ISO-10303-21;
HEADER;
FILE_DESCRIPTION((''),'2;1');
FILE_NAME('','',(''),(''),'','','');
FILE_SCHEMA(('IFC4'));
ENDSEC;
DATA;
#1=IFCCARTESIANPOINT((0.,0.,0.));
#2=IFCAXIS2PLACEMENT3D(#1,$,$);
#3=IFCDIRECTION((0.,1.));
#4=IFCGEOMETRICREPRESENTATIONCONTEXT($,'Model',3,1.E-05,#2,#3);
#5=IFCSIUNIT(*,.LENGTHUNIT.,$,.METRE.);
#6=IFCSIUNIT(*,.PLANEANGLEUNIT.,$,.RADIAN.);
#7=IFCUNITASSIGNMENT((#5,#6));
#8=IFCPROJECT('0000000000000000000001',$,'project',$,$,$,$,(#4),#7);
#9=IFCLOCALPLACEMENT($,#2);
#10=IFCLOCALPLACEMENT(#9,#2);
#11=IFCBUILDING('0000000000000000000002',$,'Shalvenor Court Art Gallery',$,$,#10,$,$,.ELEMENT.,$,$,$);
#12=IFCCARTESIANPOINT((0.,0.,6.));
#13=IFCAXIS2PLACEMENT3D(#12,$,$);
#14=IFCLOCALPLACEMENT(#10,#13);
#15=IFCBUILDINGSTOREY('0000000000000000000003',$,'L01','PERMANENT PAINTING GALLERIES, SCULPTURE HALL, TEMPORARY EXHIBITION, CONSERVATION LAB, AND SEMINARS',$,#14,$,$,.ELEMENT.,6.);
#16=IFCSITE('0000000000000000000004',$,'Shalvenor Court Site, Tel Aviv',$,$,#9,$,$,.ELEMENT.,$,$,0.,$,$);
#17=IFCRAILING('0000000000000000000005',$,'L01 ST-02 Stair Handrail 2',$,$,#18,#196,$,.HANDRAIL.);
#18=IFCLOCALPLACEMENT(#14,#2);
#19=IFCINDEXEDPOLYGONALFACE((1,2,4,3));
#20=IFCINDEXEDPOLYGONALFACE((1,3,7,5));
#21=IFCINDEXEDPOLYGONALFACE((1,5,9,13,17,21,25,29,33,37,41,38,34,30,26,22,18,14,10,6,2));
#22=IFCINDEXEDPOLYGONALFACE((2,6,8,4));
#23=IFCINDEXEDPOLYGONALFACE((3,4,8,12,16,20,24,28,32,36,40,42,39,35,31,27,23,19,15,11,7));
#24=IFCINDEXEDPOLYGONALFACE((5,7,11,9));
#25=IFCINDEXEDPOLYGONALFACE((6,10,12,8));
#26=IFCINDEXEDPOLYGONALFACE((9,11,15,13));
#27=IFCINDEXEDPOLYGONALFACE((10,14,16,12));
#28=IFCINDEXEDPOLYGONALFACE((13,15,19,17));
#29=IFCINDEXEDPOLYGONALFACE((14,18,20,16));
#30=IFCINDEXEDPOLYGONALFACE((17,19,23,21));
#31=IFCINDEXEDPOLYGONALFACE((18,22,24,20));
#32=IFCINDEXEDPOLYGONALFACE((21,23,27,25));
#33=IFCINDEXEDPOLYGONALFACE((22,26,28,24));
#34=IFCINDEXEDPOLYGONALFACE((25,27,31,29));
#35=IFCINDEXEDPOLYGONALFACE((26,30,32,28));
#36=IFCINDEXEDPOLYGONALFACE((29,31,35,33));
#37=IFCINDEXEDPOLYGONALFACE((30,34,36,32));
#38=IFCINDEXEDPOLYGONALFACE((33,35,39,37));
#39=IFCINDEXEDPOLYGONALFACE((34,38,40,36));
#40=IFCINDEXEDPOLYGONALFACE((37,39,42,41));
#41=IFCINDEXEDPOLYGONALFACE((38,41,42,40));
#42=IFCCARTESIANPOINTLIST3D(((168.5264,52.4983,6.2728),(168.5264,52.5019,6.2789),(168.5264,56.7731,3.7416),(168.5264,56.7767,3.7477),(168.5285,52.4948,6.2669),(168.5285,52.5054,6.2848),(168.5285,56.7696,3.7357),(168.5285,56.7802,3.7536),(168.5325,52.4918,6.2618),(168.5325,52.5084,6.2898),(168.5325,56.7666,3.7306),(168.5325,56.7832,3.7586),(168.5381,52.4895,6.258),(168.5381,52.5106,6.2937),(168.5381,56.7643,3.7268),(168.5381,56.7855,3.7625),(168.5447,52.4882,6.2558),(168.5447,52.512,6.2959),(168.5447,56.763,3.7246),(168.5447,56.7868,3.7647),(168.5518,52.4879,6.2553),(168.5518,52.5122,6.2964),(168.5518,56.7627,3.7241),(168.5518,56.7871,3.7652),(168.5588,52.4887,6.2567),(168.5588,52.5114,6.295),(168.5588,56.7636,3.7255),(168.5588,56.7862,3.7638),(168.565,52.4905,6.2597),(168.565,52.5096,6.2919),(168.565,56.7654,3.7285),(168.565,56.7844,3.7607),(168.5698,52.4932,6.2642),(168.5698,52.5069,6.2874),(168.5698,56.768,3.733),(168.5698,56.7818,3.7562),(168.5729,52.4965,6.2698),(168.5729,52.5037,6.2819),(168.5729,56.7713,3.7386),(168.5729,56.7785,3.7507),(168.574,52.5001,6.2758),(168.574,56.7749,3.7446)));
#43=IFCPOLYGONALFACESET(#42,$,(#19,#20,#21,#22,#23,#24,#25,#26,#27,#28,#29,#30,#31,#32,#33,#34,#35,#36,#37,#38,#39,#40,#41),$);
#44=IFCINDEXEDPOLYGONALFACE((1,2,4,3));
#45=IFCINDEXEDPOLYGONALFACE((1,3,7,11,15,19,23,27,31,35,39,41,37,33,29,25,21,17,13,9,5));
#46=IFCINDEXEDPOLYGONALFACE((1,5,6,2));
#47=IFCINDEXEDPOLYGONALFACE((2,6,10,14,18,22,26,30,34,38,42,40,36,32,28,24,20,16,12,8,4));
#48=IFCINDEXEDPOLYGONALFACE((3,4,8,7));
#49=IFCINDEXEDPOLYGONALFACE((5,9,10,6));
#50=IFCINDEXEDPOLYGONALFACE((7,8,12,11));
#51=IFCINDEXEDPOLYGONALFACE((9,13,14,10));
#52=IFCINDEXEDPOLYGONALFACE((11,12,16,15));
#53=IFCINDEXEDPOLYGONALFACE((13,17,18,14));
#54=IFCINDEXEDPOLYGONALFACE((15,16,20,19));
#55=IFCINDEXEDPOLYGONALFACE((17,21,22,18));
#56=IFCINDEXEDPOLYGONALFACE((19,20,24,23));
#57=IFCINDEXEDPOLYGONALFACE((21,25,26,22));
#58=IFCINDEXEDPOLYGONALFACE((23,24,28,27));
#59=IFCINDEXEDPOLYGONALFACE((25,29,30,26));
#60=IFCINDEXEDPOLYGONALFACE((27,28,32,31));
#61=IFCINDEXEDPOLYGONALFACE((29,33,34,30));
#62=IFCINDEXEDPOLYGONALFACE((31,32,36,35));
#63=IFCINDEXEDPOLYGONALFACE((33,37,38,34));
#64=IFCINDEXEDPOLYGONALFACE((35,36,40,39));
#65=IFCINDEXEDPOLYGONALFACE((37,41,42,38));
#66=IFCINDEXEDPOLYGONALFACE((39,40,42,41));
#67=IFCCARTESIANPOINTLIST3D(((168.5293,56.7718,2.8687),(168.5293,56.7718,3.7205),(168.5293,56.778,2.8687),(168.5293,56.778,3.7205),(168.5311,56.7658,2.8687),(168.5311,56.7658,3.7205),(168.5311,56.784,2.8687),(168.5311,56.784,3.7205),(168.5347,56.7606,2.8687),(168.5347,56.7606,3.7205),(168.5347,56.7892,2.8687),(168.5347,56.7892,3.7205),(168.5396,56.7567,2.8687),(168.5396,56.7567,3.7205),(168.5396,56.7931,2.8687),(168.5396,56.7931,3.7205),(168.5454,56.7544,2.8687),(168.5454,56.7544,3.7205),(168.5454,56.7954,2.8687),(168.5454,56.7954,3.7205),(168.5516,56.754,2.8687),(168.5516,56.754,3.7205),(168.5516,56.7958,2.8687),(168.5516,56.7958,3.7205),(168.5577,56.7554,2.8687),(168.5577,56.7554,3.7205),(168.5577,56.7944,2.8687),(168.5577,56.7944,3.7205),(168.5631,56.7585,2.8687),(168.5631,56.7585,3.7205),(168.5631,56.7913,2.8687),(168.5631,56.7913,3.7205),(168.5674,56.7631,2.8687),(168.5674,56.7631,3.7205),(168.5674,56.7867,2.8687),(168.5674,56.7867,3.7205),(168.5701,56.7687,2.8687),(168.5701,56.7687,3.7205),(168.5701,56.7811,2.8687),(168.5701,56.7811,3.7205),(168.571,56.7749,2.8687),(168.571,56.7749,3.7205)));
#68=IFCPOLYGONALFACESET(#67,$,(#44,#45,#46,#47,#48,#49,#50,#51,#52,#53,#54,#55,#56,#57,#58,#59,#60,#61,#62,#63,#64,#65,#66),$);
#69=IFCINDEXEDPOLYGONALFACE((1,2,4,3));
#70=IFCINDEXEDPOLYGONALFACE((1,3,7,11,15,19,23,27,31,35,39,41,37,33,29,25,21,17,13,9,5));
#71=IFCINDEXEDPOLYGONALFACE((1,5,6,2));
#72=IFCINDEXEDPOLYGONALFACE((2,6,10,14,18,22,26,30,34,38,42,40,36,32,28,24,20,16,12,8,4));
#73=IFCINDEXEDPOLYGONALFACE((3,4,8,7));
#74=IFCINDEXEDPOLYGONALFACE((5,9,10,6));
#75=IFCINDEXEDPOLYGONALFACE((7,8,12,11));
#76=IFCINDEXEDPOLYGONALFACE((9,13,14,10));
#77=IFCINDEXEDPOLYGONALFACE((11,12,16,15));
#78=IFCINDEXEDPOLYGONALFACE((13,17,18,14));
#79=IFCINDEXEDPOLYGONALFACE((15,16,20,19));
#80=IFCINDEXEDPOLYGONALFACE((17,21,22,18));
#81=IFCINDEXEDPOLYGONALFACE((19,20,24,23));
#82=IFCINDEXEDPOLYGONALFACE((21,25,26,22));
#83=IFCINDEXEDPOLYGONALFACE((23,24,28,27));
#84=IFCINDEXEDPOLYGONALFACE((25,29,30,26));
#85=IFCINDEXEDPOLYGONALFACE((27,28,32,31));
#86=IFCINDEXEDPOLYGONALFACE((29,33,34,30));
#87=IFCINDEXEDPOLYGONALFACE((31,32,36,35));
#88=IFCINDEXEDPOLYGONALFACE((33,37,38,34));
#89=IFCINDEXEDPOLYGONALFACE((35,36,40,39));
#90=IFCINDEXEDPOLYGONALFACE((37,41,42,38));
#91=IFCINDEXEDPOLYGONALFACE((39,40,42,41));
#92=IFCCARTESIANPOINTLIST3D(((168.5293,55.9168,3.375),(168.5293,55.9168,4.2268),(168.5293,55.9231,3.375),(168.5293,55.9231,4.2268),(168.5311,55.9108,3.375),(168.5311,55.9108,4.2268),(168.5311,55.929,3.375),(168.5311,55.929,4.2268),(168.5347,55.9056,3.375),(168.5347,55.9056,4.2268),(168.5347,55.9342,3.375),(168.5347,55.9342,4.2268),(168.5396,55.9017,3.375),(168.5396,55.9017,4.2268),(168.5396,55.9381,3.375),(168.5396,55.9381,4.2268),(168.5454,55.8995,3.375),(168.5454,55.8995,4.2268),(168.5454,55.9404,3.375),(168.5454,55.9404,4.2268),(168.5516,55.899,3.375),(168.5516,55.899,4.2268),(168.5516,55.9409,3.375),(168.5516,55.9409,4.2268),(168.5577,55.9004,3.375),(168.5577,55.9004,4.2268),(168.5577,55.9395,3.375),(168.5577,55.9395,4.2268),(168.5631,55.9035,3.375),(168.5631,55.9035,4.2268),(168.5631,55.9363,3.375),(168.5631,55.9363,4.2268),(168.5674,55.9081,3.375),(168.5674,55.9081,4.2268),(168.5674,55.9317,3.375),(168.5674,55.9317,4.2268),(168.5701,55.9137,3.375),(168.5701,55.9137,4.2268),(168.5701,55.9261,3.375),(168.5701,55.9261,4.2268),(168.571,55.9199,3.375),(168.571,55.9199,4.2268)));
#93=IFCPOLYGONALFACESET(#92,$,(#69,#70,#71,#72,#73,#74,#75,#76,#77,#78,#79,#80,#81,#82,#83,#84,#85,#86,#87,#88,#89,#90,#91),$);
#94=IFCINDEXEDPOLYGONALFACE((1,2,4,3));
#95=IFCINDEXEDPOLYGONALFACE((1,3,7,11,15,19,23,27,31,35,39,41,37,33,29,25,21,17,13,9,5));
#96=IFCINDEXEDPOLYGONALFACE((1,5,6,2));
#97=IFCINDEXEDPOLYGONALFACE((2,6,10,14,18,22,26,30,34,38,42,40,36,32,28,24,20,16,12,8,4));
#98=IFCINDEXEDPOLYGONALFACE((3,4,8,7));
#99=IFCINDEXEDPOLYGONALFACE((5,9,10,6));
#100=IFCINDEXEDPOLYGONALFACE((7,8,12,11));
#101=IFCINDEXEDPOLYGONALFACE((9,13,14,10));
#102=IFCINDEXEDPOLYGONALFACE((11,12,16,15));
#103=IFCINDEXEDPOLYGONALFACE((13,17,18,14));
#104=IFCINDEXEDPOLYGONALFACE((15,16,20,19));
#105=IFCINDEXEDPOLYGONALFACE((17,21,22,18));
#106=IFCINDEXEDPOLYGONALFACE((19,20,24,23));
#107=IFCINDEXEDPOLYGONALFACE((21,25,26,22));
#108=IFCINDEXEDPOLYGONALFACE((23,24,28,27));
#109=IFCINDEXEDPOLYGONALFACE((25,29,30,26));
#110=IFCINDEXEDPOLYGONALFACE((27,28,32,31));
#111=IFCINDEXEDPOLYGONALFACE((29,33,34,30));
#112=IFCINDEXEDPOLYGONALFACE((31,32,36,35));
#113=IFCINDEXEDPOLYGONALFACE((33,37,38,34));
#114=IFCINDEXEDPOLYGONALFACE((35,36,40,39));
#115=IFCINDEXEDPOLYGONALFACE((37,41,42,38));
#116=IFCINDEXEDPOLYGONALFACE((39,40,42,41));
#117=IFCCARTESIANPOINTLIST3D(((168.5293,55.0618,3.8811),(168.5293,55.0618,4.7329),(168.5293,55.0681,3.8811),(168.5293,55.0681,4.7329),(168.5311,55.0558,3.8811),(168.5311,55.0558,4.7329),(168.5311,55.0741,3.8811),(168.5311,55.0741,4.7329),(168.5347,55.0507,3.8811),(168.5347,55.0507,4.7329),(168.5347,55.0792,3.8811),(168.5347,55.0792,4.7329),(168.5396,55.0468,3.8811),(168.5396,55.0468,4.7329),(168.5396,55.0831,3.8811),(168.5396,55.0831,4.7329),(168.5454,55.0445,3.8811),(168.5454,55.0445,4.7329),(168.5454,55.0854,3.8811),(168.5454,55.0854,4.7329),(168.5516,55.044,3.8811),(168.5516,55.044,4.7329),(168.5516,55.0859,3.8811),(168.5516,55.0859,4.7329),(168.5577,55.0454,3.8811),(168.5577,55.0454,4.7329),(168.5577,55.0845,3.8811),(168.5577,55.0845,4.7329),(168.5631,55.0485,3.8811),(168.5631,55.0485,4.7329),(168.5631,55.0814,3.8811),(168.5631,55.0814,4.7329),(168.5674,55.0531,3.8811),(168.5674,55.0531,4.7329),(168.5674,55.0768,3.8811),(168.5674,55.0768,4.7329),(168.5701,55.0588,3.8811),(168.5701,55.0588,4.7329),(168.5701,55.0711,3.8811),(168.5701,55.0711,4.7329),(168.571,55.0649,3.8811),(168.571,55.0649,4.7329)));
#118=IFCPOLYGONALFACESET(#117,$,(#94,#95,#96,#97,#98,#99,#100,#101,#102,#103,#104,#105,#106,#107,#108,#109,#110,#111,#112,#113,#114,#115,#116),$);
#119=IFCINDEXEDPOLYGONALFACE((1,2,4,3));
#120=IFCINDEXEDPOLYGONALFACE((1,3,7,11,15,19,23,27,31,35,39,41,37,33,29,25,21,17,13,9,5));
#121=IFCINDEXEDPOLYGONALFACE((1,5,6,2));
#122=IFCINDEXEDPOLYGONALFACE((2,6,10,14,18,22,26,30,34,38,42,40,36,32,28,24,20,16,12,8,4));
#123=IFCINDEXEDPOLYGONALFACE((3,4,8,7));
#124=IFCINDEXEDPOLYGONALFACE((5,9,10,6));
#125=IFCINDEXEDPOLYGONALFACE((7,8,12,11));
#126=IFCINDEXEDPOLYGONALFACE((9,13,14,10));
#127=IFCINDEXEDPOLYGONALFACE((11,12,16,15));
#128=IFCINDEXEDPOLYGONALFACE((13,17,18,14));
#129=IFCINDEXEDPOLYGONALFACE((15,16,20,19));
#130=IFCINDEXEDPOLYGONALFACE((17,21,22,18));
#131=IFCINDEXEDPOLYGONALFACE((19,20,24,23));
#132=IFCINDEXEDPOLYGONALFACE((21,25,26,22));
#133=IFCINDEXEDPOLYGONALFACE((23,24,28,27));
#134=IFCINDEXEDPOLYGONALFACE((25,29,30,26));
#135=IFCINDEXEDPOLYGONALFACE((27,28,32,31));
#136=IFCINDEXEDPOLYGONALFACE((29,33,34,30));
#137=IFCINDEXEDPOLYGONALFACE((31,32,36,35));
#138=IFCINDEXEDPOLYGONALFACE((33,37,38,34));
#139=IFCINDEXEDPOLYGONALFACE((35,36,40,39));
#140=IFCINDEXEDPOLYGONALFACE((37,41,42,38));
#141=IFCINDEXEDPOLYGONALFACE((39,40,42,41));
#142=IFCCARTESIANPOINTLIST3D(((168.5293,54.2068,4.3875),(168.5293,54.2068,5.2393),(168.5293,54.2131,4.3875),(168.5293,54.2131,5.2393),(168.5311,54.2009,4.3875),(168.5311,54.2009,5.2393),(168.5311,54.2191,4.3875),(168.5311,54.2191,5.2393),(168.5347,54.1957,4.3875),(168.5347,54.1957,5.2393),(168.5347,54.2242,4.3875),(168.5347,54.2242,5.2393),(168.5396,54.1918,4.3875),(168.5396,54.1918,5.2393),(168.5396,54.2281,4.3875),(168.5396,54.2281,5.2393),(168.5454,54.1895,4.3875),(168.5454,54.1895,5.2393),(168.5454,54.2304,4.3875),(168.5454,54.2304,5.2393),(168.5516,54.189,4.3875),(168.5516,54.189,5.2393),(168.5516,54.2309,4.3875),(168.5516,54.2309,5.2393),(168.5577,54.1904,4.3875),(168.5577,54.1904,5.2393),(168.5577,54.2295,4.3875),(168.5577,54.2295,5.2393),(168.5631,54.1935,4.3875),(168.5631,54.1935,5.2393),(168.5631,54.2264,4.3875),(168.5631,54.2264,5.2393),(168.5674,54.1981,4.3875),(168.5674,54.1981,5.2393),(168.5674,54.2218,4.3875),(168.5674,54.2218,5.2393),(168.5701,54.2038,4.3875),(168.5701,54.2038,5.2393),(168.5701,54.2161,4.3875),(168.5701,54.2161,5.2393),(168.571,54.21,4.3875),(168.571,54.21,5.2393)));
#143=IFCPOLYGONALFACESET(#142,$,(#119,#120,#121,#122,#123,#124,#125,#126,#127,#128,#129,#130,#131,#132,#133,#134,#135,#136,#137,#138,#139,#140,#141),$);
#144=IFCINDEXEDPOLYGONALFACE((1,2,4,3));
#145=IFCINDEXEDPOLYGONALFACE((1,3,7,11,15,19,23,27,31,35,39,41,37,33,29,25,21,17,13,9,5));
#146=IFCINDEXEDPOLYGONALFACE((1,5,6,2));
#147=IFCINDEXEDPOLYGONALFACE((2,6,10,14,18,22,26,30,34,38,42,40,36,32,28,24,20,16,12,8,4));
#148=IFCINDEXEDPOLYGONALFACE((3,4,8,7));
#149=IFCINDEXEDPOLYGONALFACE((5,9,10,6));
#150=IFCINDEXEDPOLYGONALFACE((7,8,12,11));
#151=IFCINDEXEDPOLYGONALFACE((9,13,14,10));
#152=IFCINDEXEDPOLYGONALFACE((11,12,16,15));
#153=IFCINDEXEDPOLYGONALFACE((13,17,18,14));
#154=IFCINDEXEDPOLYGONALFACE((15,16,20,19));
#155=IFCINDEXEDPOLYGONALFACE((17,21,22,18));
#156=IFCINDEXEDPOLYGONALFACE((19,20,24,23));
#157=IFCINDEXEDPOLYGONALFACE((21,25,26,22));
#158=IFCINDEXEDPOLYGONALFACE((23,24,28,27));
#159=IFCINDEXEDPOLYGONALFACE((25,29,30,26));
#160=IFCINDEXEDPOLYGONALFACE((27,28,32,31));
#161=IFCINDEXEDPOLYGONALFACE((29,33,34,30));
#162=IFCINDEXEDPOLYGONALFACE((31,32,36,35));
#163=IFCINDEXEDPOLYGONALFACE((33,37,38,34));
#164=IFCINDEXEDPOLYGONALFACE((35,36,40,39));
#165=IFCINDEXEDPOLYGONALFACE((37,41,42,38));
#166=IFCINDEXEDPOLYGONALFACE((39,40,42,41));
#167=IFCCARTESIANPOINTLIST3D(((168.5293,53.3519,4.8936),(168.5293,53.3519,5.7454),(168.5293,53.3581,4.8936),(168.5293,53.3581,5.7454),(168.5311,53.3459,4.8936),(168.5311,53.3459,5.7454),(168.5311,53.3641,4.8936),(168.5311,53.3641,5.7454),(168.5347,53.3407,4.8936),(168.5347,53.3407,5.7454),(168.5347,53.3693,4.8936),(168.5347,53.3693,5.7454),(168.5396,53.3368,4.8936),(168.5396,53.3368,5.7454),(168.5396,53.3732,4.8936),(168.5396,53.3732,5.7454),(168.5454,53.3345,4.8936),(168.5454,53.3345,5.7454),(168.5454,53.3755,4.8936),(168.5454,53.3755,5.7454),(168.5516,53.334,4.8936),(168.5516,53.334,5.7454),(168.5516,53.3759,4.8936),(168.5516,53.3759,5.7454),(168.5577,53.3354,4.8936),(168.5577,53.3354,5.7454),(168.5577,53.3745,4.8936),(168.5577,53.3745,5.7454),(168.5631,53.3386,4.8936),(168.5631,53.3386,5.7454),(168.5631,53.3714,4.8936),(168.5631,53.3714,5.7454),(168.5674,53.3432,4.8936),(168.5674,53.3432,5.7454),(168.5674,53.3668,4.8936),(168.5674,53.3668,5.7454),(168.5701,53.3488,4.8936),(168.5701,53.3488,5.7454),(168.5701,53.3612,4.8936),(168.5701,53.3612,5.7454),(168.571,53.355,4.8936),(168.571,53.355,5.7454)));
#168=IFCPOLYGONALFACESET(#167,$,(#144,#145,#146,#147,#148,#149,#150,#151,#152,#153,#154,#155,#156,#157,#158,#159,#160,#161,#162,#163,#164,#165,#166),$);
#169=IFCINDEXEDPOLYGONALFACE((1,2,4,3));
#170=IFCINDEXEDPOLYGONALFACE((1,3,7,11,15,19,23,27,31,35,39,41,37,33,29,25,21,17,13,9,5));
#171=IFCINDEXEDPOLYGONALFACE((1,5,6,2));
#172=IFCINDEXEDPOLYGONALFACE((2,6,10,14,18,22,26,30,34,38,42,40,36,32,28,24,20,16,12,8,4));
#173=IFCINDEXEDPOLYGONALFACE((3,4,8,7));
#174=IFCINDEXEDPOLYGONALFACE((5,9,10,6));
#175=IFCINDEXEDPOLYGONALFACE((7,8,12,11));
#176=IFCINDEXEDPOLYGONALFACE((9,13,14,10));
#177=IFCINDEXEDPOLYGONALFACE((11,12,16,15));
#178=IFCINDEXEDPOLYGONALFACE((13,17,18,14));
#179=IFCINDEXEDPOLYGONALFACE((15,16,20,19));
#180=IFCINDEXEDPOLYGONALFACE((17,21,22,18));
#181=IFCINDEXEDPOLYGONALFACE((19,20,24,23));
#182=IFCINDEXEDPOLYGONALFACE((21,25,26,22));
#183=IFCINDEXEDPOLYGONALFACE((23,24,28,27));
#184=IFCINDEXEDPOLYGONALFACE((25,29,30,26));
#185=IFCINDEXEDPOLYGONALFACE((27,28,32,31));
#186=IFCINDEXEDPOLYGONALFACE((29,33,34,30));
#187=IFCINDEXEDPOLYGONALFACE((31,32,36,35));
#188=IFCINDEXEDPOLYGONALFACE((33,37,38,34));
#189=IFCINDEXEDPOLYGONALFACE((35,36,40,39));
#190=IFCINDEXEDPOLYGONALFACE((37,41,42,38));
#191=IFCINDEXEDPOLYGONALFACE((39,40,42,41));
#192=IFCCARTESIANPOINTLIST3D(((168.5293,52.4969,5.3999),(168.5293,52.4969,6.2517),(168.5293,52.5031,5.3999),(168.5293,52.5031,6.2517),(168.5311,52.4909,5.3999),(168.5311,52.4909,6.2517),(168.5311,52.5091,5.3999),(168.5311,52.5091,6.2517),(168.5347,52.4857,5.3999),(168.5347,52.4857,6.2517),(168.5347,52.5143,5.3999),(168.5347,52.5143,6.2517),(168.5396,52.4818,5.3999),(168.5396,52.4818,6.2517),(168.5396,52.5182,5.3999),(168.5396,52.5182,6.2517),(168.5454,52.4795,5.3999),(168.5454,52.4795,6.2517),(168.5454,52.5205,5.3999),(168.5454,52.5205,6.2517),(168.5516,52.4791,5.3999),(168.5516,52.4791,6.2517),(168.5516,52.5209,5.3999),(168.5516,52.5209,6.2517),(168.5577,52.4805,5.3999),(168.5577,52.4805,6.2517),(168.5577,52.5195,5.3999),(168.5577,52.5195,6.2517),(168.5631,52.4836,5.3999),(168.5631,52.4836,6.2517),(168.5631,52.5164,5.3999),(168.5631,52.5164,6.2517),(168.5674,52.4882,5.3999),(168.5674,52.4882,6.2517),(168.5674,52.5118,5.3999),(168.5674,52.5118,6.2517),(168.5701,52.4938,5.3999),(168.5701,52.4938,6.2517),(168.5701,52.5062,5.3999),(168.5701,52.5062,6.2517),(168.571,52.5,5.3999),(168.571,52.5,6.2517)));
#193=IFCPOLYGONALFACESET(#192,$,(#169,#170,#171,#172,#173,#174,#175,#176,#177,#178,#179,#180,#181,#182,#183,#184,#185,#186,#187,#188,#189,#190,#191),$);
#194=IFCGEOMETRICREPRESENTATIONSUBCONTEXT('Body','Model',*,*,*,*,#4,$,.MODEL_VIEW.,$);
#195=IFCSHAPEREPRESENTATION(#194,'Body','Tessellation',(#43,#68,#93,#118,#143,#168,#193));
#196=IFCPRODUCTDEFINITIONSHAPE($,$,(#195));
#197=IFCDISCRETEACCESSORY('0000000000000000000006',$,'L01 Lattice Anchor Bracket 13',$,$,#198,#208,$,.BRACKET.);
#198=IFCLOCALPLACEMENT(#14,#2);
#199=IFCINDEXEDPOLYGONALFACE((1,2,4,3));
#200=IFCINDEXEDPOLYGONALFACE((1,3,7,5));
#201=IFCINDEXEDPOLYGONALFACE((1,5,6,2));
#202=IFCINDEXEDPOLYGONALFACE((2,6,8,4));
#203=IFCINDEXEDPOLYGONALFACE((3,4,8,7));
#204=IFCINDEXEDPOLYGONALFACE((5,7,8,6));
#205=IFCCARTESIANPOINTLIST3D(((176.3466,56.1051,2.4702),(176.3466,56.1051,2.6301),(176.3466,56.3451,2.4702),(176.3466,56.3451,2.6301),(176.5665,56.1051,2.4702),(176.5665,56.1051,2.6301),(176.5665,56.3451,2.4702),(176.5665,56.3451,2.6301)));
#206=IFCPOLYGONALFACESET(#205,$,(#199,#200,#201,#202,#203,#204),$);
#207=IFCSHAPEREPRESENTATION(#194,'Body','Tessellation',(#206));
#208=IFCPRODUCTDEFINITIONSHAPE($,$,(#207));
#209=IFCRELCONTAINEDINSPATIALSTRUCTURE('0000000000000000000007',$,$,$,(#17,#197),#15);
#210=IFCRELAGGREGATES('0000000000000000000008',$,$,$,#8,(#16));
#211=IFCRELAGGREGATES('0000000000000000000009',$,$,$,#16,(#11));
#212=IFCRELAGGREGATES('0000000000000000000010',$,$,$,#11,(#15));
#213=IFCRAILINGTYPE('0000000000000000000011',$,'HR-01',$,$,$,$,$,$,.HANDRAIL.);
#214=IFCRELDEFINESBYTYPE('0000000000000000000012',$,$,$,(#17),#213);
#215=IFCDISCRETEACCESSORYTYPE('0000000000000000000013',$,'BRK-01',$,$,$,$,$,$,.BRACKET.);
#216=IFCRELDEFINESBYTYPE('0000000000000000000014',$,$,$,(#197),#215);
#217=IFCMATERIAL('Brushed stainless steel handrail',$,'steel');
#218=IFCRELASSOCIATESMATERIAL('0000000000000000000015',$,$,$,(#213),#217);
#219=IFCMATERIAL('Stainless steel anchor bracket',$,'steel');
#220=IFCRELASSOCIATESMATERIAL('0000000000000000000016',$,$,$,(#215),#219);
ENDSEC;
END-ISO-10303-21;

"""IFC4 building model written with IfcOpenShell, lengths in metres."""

from ifc_helpers import new_model, si_unit, direction, frame, origin, origin_2d, place, context, subcontext, project, spatial, rectangle, circle, extrude, material, type_object, element, save


model = new_model("IFC4")

# Units and contexts
model_context = context("Model", 3, precision=1e-05, world=origin(), true_north=direction((0.0, 1.0)))
body_context = subcontext(model_context, "Body", "Model", "MODEL_VIEW")
ifc_project = project(units=[si_unit("LENGTHUNIT", "METRE"), si_unit("PLANEANGLEUNIT", "RADIAN")], contexts=[model_context])

# Site, building, storey
site_placement = place(None, origin())
site = spatial("IfcSite", under=ifc_project, at=site_placement, Name="Shalvenor Court Site, Tel Aviv", CompositionType="ELEMENT", RefElevation=0.0)
building_placement = place(site_placement, origin())
building = spatial("IfcBuilding", under=site, at=building_placement, Name="Shalvenor Court Art Gallery", CompositionType="ELEMENT")
storey_placement = place(building_placement, frame((0.0, 0.0, 6.0)))
storey = spatial("IfcBuildingStorey", under=building, at=storey_placement, Name="L01", Description="PERMANENT PAINTING GALLERIES, SCULPTURE HALL, TEMPORARY EXHIBITION, CONSERVATION LAB, AND SEMINARS", CompositionType="ELEMENT", Elevation=6.0)

# Railing
ifc_material_1 = material(Name="Brushed stainless steel handrail", Category="steel")
railing_type_1 = type_object("IfcRailingType", Name="HR-01", PredefinedType="HANDRAIL", material=ifc_material_1)
railing_1_placement = place(storey_placement, frame((168.55, 56.7749, 2.8687)))
element("IfcRailing", 1, at=railing_1_placement, inside=storey, type_object=railing_type_1, Name="L01 ST-02 Stair Handrail 2", PredefinedType="HANDRAIL", context=body_context, shape_type="SweptSolid", body=[
    extrude(circle(Radius=0.0239, at=origin_2d()), frame((0.0, 0.0, 0.876), z_axis=(0.0, -0.86047, 0.509501), x_axis=(1.0, 0.0, 0.0)), (0.0, 0.0, 1.0), 4.968),
    extrude(circle(Radius=0.021, at=origin_2d()), origin(), (0.0, 0.0, 1.0), 0.8518),
    extrude(circle(Radius=0.021, at=origin_2d()), frame((0.0, -0.855, 0.5063)), (0.0, 0.0, 1.0), 0.8518),
    extrude(circle(Radius=0.021, at=origin_2d()), frame((0.0, -1.71, 1.0125)), (0.0, 0.0, 1.0), 0.8518),
    extrude(circle(Radius=0.021, at=origin_2d()), frame((0.0, -2.5649, 1.5188)), (0.0, 0.0, 1.0), 0.8518),
    extrude(circle(Radius=0.021, at=origin_2d()), frame((0.0, -3.4199, 2.0249)), (0.0, 0.0, 1.0), 0.8518),
    extrude(circle(Radius=0.021, at=origin_2d()), frame((0.0, -4.2749, 2.5312)), (0.0, 0.0, 1.0), 0.8518),
])

# Discrete accessory
ifc_material_2 = material(Name="Stainless steel anchor bracket", Category="steel")
discrete_accessory_type = type_object("IfcDiscreteAccessoryType", Name="BRK-01", PredefinedType="BRACKET", material=ifc_material_2)
discrete_accessory_placement = place(storey_placement, frame((176.4565, 56.2251, 2.4702), z_axis=(0.0, 0.0, 1.0), x_axis=(0.0, -1.0, 0.0)))
element("IfcDiscreteAccessory", 2, at=discrete_accessory_placement, inside=storey, type_object=discrete_accessory_type, Name="L01 Lattice Anchor Bracket 13", PredefinedType="BRACKET", context=body_context, shape_type="SweptSolid", body=[
    extrude(rectangle(XDim=0.24, YDim=0.22, at=origin_2d()), origin(), (0.0, 0.0, 1.0), 0.1599),
])

save(model, "model.ifc")
